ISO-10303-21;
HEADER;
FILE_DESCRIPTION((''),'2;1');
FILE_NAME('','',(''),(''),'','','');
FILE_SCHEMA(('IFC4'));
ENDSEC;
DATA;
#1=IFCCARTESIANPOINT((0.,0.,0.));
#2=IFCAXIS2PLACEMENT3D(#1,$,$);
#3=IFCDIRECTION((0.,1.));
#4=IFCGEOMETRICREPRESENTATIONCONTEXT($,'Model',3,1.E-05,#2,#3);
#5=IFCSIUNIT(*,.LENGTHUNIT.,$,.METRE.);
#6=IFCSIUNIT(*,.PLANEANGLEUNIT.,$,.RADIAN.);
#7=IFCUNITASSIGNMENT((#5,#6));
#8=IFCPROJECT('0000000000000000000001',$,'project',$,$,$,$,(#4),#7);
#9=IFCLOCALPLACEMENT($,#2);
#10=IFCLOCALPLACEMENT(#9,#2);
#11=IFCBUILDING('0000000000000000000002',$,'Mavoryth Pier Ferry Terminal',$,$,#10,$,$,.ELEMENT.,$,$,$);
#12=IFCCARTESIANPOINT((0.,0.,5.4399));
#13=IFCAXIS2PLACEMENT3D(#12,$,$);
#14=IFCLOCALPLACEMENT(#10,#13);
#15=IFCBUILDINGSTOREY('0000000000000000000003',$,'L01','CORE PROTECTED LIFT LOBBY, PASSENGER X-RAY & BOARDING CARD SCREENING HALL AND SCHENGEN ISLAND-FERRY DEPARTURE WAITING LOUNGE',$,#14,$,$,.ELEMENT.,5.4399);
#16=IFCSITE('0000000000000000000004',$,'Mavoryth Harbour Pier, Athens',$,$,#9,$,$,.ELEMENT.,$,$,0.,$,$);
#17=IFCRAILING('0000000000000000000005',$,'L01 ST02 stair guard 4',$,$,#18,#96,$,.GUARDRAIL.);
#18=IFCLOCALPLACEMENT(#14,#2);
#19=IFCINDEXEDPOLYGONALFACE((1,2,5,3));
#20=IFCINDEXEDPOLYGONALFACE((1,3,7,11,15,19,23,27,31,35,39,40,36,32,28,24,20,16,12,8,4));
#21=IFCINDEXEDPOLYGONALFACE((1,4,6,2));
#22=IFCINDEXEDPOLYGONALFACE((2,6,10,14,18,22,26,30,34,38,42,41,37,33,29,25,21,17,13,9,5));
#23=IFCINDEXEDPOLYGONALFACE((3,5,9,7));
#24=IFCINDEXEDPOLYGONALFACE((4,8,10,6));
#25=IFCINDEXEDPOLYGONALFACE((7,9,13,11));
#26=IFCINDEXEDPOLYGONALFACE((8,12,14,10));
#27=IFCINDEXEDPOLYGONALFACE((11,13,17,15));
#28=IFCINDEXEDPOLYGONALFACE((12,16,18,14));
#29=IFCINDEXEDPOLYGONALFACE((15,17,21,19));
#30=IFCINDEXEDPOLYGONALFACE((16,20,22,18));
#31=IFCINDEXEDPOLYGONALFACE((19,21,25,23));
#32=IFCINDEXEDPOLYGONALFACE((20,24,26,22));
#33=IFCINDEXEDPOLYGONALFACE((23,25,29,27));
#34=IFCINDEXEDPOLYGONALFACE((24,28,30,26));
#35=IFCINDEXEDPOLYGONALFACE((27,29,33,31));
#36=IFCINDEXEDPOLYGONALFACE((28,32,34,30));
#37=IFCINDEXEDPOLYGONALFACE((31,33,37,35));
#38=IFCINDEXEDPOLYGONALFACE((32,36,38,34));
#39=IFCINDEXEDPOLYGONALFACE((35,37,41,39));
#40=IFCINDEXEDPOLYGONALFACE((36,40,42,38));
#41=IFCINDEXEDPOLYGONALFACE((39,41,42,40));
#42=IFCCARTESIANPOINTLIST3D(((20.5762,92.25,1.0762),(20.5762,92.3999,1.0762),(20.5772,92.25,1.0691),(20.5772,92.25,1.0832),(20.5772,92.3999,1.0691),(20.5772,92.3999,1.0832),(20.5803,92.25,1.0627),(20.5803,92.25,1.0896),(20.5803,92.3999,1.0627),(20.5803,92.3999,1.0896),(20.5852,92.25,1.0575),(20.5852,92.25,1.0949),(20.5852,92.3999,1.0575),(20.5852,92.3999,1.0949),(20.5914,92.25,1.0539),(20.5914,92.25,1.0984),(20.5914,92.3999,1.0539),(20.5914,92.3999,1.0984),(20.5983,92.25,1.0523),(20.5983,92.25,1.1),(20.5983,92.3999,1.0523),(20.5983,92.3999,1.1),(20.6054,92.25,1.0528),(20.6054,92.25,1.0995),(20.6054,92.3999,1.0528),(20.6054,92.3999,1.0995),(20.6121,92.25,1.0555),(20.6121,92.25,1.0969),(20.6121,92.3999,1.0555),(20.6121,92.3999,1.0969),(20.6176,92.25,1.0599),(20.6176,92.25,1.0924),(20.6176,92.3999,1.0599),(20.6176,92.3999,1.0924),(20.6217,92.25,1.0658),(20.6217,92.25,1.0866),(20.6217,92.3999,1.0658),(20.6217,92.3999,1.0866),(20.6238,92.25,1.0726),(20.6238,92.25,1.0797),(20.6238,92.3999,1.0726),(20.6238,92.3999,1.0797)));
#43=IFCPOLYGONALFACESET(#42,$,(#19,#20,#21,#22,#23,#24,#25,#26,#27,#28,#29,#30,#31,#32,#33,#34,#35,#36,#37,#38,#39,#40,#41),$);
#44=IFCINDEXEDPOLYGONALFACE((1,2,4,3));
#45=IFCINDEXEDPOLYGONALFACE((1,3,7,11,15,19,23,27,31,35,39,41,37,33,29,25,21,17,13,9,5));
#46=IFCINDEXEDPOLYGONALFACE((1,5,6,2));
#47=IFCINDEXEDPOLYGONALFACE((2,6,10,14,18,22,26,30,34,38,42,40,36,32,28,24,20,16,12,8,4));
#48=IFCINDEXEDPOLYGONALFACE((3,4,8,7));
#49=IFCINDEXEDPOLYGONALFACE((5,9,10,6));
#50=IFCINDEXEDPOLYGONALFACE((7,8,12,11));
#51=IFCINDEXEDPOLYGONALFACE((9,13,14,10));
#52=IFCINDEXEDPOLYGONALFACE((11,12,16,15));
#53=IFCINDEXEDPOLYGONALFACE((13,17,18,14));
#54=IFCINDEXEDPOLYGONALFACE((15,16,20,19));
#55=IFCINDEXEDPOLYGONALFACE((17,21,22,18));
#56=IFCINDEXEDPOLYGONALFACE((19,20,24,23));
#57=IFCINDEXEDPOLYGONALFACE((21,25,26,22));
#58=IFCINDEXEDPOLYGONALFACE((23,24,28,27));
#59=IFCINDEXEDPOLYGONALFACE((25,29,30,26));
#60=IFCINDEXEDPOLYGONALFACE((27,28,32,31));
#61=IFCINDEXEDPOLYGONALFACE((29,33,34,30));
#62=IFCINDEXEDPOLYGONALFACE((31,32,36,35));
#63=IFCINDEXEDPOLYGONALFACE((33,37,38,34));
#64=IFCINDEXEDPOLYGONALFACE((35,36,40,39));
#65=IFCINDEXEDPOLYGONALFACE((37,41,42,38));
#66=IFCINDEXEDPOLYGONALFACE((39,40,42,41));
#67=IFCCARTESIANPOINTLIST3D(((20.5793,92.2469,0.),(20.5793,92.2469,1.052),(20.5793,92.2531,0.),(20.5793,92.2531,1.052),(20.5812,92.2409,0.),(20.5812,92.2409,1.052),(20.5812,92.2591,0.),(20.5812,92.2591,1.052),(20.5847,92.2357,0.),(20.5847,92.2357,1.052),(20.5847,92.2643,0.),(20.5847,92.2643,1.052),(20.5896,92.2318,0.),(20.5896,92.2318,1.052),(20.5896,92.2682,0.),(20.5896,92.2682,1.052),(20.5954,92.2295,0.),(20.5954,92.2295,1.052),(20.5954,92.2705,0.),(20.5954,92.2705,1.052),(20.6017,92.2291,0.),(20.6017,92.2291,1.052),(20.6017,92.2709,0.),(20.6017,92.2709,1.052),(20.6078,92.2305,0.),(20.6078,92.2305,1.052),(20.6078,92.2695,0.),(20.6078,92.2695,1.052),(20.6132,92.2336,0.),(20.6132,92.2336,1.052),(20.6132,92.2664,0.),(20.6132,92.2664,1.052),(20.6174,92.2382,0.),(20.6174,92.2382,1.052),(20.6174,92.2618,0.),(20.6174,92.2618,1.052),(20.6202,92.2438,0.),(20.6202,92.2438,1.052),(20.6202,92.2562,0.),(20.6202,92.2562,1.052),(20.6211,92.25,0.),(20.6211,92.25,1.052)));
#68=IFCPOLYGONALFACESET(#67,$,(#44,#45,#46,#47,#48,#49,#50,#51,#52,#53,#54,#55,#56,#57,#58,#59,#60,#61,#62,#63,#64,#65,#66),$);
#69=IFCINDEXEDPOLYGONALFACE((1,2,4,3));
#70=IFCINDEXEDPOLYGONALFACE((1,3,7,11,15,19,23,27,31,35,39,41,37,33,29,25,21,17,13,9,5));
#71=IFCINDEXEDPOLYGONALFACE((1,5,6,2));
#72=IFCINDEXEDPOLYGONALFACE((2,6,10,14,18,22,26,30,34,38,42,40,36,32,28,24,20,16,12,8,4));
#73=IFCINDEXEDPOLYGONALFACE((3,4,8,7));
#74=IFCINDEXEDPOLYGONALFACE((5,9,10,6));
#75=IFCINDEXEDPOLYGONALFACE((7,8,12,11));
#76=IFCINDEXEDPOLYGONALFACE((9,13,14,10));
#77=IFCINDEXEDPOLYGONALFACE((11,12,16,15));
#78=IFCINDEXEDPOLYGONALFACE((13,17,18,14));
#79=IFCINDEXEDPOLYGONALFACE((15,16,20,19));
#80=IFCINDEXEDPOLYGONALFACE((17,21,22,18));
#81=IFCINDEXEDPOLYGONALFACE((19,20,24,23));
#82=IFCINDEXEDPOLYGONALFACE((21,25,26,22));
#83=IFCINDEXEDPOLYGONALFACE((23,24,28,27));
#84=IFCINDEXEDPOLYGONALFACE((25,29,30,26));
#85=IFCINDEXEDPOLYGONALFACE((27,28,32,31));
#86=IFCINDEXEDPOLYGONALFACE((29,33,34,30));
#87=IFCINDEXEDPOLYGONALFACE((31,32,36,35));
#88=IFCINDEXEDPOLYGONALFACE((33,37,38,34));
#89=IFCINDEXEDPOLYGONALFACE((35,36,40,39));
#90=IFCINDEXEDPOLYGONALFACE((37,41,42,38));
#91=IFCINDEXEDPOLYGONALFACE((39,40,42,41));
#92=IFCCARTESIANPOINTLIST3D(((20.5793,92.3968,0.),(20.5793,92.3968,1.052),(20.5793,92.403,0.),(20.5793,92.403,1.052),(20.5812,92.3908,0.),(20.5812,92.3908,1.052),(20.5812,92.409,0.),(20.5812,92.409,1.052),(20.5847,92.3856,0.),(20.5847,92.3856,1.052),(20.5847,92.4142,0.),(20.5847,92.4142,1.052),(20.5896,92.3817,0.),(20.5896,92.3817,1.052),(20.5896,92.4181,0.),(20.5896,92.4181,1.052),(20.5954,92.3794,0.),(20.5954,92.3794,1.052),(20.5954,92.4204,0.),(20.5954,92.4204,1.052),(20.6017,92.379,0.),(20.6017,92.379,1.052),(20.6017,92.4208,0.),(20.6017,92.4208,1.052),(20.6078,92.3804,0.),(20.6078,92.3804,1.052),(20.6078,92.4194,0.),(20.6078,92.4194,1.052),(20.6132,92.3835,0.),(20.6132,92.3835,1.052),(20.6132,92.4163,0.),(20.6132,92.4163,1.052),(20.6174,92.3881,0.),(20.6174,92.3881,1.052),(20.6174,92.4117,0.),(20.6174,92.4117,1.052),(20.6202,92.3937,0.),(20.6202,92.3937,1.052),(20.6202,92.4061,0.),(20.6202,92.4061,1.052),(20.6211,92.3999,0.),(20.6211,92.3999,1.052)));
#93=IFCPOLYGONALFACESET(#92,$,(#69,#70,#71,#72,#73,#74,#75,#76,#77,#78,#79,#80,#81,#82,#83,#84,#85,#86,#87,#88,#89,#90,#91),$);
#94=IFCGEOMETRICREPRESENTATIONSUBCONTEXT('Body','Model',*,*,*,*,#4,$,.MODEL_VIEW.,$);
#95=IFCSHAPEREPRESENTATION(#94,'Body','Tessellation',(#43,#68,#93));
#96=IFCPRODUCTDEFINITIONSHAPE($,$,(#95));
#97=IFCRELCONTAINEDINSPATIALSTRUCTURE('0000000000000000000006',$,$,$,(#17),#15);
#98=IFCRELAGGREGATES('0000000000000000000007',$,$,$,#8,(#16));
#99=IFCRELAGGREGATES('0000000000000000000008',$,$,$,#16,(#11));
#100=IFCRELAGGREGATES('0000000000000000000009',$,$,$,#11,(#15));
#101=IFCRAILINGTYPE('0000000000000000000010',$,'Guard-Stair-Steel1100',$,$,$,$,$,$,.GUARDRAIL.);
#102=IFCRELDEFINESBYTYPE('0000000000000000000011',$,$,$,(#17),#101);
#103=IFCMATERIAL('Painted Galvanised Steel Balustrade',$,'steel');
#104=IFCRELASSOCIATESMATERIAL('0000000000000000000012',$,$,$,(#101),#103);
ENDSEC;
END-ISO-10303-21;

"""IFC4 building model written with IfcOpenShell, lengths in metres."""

from ifc_helpers import new_model, si_unit, direction, frame, origin, origin_2d, place, context, subcontext, project, spatial, circle, extrude, material, type_object, element, save


model = new_model("IFC4")

# Units and contexts
model_context = context("Model", 3, precision=1e-05, world=origin(), true_north=direction((0.0, 1.0)))
body_context = subcontext(model_context, "Body", "Model", "MODEL_VIEW")
ifc_project = project(units=[si_unit("LENGTHUNIT", "METRE"), si_unit("PLANEANGLEUNIT", "RADIAN")], contexts=[model_context])

# Site, building, storey
site_placement = place(None, origin())
site = spatial("IfcSite", under=ifc_project, at=site_placement, Name="Mavoryth Harbour Pier, Athens", CompositionType="ELEMENT", RefElevation=0.0)
building_placement = place(site_placement, origin())
building = spatial("IfcBuilding", under=site, at=building_placement, Name="Mavoryth Pier Ferry Terminal", CompositionType="ELEMENT")
storey_placement = place(building_placement, frame((0.0, 0.0, 5.4399)))
storey = spatial("IfcBuildingStorey", under=building, at=storey_placement, Name="L01", Description="CORE PROTECTED LIFT LOBBY, PASSENGER X-RAY & BOARDING CARD SCREENING HALL AND SCHENGEN ISLAND-FERRY DEPARTURE WAITING LOUNGE", CompositionType="ELEMENT", Elevation=5.4399)

# Railing
ifc_material_1 = material(Name="Painted Galvanised Steel Balustrade", Category="steel")
railing_type_1 = type_object("IfcRailingType", Name="Guard-Stair-Steel1100", PredefinedType="GUARDRAIL", material=ifc_material_1)
railing_1_placement = place(storey_placement, frame((20.6001, 92.25, 0.0)))
element("IfcRailing", 1, at=railing_1_placement, inside=storey, type_object=railing_type_1, Name="L01 ST02 stair guard 4", PredefinedType="GUARDRAIL", context=body_context, shape_type="SweptSolid", body=[
    extrude(circle(Radius=0.0239, at=origin_2d()), frame((0.0, 0.0, 1.0762), z_axis=(0.0, 1.0, 0.0), x_axis=(-1.0, 0.0, 0.0)), (0.0, 0.0, 1.0), 0.1499),
    extrude(circle(Radius=0.021, at=origin_2d()), origin(), (0.0, 0.0, 1.0), 1.052),
    extrude(circle(Radius=0.021, at=origin_2d()), frame((0.0, 0.1499, 0.0)), (0.0, 0.0, 1.0), 1.052),
])

save(model, "model.ifc")
